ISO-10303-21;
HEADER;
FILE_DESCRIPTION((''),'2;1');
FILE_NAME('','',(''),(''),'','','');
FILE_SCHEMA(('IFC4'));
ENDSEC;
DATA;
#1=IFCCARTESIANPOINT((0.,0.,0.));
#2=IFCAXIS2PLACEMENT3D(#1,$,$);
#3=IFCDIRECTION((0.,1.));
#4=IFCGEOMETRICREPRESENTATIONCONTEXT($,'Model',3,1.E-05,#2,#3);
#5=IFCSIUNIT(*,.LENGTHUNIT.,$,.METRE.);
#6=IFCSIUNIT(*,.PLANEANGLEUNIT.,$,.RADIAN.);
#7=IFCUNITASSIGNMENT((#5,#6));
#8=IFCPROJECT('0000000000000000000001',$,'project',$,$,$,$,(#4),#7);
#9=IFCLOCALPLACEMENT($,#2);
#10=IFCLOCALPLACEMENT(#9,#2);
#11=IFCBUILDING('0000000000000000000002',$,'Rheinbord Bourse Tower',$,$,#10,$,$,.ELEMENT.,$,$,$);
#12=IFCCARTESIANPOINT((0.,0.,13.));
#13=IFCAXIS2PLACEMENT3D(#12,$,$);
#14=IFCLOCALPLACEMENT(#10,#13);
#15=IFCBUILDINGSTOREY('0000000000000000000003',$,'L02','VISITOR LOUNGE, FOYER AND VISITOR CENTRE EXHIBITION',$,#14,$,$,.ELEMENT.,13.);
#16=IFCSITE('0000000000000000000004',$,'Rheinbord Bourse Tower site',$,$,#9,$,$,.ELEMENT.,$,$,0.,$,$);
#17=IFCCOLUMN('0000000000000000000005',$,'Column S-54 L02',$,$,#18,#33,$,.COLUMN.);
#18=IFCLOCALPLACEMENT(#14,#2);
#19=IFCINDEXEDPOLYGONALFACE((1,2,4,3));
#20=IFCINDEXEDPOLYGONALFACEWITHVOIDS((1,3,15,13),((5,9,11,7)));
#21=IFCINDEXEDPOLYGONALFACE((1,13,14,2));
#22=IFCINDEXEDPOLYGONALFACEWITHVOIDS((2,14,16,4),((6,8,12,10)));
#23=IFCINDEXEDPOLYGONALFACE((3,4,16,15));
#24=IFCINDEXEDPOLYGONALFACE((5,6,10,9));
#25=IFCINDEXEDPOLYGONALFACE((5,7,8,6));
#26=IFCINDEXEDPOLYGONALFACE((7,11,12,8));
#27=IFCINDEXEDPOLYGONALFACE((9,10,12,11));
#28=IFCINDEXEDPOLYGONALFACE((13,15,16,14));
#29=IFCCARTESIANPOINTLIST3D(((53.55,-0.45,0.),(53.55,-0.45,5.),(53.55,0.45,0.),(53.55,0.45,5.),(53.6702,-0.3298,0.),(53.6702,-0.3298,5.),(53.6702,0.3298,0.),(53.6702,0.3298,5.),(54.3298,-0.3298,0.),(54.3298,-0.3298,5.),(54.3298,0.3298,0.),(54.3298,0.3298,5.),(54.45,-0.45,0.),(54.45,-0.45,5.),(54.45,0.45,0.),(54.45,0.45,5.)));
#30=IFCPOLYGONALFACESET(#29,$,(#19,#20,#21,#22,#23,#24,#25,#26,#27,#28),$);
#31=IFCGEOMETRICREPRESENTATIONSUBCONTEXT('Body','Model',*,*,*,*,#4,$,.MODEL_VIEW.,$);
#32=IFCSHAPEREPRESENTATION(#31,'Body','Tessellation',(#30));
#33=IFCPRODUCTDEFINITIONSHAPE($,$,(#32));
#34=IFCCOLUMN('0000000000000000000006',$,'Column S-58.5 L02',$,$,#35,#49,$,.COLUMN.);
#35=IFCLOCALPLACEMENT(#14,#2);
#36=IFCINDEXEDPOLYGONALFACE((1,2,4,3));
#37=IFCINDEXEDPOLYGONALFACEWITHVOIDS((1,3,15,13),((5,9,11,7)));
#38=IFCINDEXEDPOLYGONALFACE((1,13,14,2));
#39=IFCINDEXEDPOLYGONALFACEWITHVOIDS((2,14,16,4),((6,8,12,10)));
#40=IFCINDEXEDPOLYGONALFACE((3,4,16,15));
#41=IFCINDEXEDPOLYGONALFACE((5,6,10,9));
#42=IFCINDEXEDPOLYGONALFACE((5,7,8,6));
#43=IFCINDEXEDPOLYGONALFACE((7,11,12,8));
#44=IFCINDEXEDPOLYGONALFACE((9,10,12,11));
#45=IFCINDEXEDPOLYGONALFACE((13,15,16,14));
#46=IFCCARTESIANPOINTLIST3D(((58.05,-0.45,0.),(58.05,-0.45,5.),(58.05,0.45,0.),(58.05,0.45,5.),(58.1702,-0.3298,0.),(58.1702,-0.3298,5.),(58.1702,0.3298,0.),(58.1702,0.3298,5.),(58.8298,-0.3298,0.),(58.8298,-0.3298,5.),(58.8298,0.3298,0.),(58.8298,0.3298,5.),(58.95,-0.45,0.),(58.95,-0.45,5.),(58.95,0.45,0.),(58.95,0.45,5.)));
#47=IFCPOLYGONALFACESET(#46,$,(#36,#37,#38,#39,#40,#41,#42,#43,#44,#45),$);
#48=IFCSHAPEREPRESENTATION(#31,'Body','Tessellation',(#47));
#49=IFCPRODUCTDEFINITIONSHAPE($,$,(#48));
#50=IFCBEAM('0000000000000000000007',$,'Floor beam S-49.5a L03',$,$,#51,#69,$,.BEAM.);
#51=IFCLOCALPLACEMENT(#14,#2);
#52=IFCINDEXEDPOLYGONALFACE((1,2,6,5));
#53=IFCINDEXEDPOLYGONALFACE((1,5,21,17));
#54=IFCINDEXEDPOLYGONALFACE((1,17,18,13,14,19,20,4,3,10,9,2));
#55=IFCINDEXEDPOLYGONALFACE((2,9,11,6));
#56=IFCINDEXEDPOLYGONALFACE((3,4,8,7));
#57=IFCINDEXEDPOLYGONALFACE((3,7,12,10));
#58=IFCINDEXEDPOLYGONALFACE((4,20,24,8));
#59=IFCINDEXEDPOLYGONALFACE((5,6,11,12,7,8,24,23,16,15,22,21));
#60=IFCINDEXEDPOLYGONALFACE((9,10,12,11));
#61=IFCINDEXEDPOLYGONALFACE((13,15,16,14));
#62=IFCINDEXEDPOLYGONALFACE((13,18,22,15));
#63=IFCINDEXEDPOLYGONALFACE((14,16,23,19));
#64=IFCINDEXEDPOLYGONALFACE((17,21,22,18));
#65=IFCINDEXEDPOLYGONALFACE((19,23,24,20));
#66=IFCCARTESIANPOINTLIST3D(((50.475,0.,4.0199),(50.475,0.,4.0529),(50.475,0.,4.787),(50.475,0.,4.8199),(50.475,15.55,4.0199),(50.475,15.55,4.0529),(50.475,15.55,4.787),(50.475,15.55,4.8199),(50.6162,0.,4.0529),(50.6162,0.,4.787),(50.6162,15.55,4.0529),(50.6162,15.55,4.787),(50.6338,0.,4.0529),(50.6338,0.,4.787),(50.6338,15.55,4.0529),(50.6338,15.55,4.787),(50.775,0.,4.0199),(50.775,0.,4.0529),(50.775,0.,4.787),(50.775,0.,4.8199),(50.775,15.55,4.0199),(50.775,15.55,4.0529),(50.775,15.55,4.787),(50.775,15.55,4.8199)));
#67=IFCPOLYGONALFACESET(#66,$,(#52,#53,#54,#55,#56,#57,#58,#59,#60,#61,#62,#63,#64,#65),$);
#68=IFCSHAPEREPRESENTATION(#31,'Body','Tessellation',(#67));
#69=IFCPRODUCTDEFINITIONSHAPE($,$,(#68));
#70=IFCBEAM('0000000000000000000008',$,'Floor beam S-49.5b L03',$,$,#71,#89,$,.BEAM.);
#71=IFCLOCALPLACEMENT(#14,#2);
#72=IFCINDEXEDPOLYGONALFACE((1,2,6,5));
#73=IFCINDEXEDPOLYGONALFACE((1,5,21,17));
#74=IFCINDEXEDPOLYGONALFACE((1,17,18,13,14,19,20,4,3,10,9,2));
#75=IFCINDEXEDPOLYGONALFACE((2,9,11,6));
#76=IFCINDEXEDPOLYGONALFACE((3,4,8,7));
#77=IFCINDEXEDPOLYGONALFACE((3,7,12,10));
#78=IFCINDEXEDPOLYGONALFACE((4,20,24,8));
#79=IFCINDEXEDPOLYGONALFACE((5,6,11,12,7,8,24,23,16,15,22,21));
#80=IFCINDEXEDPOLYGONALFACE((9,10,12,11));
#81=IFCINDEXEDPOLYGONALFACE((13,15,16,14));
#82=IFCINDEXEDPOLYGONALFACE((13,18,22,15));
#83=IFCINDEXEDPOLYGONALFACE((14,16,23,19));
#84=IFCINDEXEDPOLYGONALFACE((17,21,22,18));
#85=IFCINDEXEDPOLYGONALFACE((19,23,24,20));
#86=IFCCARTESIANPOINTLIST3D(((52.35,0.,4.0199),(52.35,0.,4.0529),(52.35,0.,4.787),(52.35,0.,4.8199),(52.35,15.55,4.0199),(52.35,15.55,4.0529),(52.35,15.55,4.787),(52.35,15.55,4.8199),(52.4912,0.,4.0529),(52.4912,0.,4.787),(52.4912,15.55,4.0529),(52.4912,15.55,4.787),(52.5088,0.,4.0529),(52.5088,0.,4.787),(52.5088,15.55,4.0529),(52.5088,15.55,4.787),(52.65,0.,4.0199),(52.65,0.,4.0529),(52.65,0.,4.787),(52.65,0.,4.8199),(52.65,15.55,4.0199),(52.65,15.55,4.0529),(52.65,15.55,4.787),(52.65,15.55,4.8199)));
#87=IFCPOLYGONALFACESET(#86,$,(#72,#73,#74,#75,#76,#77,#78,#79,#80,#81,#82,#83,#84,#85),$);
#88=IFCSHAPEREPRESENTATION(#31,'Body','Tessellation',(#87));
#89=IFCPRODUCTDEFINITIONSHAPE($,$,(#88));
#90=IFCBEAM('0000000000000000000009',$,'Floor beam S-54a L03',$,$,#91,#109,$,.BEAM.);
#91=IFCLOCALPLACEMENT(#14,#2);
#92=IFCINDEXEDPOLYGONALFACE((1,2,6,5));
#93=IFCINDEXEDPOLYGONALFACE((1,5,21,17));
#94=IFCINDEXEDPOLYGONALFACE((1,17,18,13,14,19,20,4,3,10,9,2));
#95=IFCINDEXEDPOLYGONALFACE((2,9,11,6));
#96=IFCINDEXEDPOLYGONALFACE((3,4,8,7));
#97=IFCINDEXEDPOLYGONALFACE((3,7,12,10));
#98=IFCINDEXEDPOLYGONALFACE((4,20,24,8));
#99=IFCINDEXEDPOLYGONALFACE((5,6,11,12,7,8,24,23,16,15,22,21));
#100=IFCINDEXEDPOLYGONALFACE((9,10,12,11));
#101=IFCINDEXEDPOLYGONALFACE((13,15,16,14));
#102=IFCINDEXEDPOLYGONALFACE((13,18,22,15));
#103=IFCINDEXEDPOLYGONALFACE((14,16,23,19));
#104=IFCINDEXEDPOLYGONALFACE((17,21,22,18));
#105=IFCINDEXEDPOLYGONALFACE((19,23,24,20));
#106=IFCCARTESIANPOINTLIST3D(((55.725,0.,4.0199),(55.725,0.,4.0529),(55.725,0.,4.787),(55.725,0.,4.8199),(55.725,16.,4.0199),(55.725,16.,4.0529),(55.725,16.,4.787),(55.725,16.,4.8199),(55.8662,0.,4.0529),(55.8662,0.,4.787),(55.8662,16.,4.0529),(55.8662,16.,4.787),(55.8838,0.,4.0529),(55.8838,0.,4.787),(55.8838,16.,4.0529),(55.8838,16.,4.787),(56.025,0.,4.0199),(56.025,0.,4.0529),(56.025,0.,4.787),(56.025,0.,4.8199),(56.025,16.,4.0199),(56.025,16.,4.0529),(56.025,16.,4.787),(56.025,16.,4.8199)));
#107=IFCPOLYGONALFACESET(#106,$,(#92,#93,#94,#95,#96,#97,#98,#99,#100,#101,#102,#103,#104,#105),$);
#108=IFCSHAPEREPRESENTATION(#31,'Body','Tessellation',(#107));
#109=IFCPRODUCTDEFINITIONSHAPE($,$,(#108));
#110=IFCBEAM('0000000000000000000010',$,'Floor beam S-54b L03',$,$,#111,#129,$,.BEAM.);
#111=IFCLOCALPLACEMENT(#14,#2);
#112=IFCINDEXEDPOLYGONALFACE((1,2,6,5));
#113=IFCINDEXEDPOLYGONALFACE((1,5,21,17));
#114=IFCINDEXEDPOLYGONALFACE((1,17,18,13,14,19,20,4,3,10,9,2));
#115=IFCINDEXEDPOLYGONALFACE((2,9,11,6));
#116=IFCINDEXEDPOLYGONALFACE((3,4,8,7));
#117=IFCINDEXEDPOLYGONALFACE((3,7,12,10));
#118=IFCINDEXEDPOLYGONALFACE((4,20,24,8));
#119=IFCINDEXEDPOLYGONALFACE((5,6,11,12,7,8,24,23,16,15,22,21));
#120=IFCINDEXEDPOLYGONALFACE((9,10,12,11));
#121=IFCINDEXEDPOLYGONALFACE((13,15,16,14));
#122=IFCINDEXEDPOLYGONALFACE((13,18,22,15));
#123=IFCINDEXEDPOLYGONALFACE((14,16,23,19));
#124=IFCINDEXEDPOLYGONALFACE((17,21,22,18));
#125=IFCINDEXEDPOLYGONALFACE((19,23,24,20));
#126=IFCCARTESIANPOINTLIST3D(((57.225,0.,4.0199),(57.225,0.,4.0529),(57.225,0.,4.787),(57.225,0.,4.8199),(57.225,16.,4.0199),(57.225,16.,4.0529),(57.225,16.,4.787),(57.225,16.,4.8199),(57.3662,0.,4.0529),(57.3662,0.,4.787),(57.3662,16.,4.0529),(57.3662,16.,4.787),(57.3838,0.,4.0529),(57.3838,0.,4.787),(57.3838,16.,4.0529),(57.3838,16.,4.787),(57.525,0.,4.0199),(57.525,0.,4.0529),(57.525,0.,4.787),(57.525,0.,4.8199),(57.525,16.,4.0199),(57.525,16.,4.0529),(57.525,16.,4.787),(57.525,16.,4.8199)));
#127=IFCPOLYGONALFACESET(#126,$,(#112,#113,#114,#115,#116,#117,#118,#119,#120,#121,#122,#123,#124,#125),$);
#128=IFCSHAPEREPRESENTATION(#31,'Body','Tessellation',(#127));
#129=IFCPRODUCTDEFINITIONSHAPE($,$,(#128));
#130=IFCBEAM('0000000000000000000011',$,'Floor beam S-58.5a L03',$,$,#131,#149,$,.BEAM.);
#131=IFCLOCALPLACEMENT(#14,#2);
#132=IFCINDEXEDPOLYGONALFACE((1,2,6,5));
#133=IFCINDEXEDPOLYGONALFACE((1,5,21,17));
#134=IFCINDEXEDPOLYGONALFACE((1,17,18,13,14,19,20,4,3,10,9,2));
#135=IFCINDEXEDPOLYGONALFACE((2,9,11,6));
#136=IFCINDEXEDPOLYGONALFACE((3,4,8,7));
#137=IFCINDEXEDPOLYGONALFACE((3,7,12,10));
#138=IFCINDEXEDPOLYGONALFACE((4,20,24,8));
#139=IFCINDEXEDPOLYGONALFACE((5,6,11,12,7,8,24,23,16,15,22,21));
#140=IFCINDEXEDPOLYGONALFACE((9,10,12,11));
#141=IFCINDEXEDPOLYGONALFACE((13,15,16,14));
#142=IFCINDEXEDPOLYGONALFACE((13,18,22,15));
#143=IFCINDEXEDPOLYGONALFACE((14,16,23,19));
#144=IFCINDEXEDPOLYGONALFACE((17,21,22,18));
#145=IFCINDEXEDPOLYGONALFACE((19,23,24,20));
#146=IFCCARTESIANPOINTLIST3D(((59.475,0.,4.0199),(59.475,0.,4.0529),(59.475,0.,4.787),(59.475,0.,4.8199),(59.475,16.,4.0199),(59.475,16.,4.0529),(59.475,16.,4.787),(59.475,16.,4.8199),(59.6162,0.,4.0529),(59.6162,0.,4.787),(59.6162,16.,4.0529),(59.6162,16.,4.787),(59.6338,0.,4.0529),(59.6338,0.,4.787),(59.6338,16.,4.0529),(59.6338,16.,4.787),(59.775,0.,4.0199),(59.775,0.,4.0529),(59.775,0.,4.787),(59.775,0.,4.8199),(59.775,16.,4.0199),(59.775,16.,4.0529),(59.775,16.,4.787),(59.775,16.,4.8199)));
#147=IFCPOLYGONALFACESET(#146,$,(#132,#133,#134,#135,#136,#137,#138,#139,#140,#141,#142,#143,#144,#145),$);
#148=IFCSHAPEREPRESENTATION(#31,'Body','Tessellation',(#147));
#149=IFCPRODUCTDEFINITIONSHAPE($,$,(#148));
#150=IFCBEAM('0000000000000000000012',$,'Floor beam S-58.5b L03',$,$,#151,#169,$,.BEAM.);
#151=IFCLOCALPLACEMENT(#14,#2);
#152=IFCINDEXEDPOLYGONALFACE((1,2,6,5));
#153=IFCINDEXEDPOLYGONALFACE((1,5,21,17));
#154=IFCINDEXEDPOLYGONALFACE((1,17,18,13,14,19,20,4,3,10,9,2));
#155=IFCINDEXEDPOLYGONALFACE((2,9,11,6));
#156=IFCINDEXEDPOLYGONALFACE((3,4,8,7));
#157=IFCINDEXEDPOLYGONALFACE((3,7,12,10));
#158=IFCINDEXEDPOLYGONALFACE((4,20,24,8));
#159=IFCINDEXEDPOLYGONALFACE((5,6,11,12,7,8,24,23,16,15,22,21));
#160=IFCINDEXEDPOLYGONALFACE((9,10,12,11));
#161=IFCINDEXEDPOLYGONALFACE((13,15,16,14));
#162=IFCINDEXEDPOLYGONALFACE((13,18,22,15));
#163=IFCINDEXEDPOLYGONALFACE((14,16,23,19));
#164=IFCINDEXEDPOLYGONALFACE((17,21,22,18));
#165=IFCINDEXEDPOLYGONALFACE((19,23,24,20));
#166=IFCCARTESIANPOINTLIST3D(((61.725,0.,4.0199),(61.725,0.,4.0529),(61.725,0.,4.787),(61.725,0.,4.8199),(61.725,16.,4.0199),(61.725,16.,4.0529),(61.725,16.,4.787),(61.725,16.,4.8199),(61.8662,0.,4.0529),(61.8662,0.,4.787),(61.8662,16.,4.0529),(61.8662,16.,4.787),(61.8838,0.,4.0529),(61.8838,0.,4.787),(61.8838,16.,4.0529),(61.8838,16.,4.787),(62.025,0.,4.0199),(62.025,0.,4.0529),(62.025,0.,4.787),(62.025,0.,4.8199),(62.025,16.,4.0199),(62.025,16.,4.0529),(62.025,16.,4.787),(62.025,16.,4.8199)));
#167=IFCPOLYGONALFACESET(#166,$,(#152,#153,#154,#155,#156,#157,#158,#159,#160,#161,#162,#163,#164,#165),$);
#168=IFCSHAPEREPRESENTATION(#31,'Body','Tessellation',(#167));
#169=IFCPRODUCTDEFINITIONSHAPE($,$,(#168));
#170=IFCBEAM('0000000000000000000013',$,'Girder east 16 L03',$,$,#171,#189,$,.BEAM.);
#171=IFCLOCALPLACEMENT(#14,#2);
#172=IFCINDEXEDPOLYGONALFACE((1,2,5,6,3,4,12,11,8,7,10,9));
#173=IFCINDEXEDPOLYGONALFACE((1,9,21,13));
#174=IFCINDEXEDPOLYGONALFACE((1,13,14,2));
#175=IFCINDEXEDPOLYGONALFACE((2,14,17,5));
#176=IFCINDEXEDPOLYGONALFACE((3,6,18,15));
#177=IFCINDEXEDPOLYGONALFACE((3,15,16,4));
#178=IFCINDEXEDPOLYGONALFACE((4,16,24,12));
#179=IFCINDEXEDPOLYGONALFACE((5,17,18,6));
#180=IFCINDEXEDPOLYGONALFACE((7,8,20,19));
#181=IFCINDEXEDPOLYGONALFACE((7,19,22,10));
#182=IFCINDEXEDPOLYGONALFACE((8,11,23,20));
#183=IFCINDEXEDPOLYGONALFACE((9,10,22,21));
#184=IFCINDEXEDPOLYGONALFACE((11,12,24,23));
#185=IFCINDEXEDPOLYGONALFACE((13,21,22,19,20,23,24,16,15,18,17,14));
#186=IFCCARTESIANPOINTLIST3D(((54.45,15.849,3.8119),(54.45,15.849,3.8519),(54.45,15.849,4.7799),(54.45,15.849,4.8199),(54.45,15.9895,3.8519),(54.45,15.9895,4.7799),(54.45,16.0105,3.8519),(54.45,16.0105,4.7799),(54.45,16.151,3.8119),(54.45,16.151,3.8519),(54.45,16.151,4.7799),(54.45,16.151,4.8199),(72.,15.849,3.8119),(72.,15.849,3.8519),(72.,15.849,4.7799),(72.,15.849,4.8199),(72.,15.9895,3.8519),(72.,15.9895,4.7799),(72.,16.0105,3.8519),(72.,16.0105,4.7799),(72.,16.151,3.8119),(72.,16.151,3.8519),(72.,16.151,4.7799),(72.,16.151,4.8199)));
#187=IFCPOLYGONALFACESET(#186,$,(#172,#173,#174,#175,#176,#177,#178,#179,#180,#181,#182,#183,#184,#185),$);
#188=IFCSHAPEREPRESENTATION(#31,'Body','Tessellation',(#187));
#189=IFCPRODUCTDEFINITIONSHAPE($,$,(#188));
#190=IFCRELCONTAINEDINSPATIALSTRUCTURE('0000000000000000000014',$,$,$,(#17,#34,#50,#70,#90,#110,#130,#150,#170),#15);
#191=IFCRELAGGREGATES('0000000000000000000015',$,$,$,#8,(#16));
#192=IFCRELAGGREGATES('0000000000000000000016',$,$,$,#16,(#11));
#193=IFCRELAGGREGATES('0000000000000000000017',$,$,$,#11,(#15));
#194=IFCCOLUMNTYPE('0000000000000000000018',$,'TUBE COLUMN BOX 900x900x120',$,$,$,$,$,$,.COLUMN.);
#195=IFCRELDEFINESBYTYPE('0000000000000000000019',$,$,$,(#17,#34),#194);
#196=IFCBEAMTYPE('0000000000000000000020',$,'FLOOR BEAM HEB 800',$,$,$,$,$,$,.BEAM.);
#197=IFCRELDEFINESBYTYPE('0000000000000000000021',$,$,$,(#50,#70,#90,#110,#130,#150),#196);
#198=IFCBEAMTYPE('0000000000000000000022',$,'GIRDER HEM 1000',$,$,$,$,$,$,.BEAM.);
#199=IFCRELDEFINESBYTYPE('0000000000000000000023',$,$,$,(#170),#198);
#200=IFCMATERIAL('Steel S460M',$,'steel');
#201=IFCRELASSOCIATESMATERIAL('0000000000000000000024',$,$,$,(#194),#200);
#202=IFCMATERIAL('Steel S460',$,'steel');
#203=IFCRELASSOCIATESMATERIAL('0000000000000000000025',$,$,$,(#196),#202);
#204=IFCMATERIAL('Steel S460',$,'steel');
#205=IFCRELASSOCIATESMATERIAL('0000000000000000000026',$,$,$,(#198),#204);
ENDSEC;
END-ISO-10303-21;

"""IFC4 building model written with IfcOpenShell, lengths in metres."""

from ifc_helpers import new_model, si_unit, direction, frame, origin, origin_2d, place, context, subcontext, project, spatial, hollow_rectangle, i_section, extrude, material, material_profile, profile_set, type_object, element, save


model = new_model("IFC4")

# Units and contexts
model_context = context("Model", 3, precision=1e-05, world=origin(), true_north=direction((0.0, 1.0)))
body_context = subcontext(model_context, "Body", "Model", "MODEL_VIEW")
ifc_project = project(units=[si_unit("LENGTHUNIT", "METRE"), si_unit("PLANEANGLEUNIT", "RADIAN")], contexts=[model_context])

# Site, building, storey
site_placement = place(None, origin())
site = spatial("IfcSite", under=ifc_project, at=site_placement, Name="Rheinbord Bourse Tower site", CompositionType="ELEMENT", RefElevation=0.0)
building_placement = place(site_placement, origin())
building = spatial("IfcBuilding", under=site, at=building_placement, Name="Rheinbord Bourse Tower", CompositionType="ELEMENT")
storey_placement = place(building_placement, frame((0.0, 0.0, 13.0)))
storey = spatial("IfcBuildingStorey", under=building, at=storey_placement, Name="L02", Description="VISITOR LOUNGE, FOYER AND VISITOR CENTRE EXHIBITION", CompositionType="ELEMENT", Elevation=13.0)

# Columns
ifc_material_1 = material(Name="Steel S460M", Category="steel")
ifc_material_profile_1 = material_profile(ifc_material_1, hollow_rectangle(XDim=0.8999, YDim=0.8999, WallThickness=0.1201, at=origin_2d()), Name="BOX 900x900x120")
ifc_profile_set_1 = profile_set([ifc_material_profile_1], Name="Steel S460M")
column_type = type_object("IfcColumnType", Name="TUBE COLUMN BOX 900x900x120", PredefinedType="COLUMN", material=ifc_profile_set_1)
for number, where, z_axis, x_axis, name in (
    (1, (54.0, 0.0, 0.0), (0.0, 0.0, 1.0), (0.0, 1.0, 0.0), "Column S-54 L02"),
    (2, (58.5, 0.0, 0.0), (0.0, 0.0, 1.0), (0.0, 1.0, 0.0), "Column S-58.5 L02"),
):
    element("IfcColumn", number, at=place(storey_placement, frame(where, z_axis=z_axis, x_axis=x_axis)), inside=storey, type_object=column_type, Name=name, PredefinedType="COLUMN", context=body_context, shape_type="SweptSolid", body=[
        extrude(hollow_rectangle(XDim=0.8999, YDim=0.8999, WallThickness=0.1201, at=origin_2d()), origin(), (0.0, 0.0, 1.0), 5.0),
    ])

# Beams
ifc_material_2 = material(Name="Steel S460", Category="steel")
ifc_material_profile_2 = material_profile(ifc_material_2, i_section(OverallWidth=0.3, OverallDepth=0.8, WebThickness=0.0176, FlangeThickness=0.033, at=origin_2d()), Name="HEB 800")
ifc_profile_set_2 = profile_set([ifc_material_profile_2], Name="Steel S460")
beam_type_1 = type_object("IfcBeamType", Name="FLOOR BEAM HEB 800", PredefinedType="BEAM", material=ifc_profile_set_2)
for number, where, z_axis, x_axis, name in (
    (3, (50.625, 0.0, 4.4199), (0.0, 1.0, 0.0), (-1.0, 0.0, 0.0), "Floor beam S-49.5a L03"),
    (4, (52.5, 0.0, 4.4199), (0.0, 1.0, 0.0), (-1.0, 0.0, 0.0), "Floor beam S-49.5b L03"),
):
    element("IfcBeam", number, at=place(storey_placement, frame(where, z_axis=z_axis, x_axis=x_axis)), inside=storey, type_object=beam_type_1, Name=name, PredefinedType="BEAM", context=body_context, shape_type="SweptSolid", body=[
        extrude(i_section(OverallWidth=0.3, OverallDepth=0.8, WebThickness=0.0176, FlangeThickness=0.033, at=origin_2d()), origin(), (0.0, 0.0, 1.0), 15.55),
    ])
for number, where, z_axis, x_axis, name in (
    (5, (55.875, 0.0, 4.4199), (0.0, 1.0, 0.0), (-1.0, 0.0, 0.0), "Floor beam S-54a L03"),
    (6, (57.375, 0.0, 4.4199), (0.0, 1.0, 0.0), (-1.0, 0.0, 0.0), "Floor beam S-54b L03"),
    (7, (59.625, 0.0, 4.4199), (0.0, 1.0, 0.0), (-1.0, 0.0, 0.0), "Floor beam S-58.5a L03"),
    (8, (61.875, 0.0, 4.4199), (0.0, 1.0, 0.0), (-1.0, 0.0, 0.0), "Floor beam S-58.5b L03"),
):
    element("IfcBeam", number, at=place(storey_placement, frame(where, z_axis=z_axis, x_axis=x_axis)), inside=storey, type_object=beam_type_1, Name=name, PredefinedType="BEAM", context=body_context, shape_type="SweptSolid", body=[
        extrude(i_section(OverallWidth=0.3, OverallDepth=0.8, WebThickness=0.0176, FlangeThickness=0.033, at=origin_2d()), origin(), (0.0, 0.0, 1.0), 16.0),
    ])
ifc_material_3 = material(Name="Steel S460", Category="steel")
ifc_material_profile_3 = material_profile(ifc_material_3, i_section(OverallWidth=0.302, OverallDepth=1.0081, WebThickness=0.021, FlangeThickness=0.04, at=origin_2d()), Name="HEM 1000")
ifc_profile_set_3 = profile_set([ifc_material_profile_3], Name="Steel S460")
beam_type_2 = type_object("IfcBeamType", Name="GIRDER HEM 1000", PredefinedType="BEAM", material=ifc_profile_set_3)
beam_1_placement = place(storey_placement, frame((54.45, 16.0, 4.3159), z_axis=(1.0, 0.0, 0.0), x_axis=(0.0, 1.0, 0.0)))
element("IfcBeam", 9, at=beam_1_placement, inside=storey, type_object=beam_type_2, Name="Girder east 16 L03", PredefinedType="BEAM", context=body_context, shape_type="SweptSolid", body=[
    extrude(i_section(OverallWidth=0.302, OverallDepth=1.0081, WebThickness=0.021, FlangeThickness=0.04, at=origin_2d()), origin(), (0.0, 0.0, 1.0), 17.55),
])

save(model, "model.ifc")
